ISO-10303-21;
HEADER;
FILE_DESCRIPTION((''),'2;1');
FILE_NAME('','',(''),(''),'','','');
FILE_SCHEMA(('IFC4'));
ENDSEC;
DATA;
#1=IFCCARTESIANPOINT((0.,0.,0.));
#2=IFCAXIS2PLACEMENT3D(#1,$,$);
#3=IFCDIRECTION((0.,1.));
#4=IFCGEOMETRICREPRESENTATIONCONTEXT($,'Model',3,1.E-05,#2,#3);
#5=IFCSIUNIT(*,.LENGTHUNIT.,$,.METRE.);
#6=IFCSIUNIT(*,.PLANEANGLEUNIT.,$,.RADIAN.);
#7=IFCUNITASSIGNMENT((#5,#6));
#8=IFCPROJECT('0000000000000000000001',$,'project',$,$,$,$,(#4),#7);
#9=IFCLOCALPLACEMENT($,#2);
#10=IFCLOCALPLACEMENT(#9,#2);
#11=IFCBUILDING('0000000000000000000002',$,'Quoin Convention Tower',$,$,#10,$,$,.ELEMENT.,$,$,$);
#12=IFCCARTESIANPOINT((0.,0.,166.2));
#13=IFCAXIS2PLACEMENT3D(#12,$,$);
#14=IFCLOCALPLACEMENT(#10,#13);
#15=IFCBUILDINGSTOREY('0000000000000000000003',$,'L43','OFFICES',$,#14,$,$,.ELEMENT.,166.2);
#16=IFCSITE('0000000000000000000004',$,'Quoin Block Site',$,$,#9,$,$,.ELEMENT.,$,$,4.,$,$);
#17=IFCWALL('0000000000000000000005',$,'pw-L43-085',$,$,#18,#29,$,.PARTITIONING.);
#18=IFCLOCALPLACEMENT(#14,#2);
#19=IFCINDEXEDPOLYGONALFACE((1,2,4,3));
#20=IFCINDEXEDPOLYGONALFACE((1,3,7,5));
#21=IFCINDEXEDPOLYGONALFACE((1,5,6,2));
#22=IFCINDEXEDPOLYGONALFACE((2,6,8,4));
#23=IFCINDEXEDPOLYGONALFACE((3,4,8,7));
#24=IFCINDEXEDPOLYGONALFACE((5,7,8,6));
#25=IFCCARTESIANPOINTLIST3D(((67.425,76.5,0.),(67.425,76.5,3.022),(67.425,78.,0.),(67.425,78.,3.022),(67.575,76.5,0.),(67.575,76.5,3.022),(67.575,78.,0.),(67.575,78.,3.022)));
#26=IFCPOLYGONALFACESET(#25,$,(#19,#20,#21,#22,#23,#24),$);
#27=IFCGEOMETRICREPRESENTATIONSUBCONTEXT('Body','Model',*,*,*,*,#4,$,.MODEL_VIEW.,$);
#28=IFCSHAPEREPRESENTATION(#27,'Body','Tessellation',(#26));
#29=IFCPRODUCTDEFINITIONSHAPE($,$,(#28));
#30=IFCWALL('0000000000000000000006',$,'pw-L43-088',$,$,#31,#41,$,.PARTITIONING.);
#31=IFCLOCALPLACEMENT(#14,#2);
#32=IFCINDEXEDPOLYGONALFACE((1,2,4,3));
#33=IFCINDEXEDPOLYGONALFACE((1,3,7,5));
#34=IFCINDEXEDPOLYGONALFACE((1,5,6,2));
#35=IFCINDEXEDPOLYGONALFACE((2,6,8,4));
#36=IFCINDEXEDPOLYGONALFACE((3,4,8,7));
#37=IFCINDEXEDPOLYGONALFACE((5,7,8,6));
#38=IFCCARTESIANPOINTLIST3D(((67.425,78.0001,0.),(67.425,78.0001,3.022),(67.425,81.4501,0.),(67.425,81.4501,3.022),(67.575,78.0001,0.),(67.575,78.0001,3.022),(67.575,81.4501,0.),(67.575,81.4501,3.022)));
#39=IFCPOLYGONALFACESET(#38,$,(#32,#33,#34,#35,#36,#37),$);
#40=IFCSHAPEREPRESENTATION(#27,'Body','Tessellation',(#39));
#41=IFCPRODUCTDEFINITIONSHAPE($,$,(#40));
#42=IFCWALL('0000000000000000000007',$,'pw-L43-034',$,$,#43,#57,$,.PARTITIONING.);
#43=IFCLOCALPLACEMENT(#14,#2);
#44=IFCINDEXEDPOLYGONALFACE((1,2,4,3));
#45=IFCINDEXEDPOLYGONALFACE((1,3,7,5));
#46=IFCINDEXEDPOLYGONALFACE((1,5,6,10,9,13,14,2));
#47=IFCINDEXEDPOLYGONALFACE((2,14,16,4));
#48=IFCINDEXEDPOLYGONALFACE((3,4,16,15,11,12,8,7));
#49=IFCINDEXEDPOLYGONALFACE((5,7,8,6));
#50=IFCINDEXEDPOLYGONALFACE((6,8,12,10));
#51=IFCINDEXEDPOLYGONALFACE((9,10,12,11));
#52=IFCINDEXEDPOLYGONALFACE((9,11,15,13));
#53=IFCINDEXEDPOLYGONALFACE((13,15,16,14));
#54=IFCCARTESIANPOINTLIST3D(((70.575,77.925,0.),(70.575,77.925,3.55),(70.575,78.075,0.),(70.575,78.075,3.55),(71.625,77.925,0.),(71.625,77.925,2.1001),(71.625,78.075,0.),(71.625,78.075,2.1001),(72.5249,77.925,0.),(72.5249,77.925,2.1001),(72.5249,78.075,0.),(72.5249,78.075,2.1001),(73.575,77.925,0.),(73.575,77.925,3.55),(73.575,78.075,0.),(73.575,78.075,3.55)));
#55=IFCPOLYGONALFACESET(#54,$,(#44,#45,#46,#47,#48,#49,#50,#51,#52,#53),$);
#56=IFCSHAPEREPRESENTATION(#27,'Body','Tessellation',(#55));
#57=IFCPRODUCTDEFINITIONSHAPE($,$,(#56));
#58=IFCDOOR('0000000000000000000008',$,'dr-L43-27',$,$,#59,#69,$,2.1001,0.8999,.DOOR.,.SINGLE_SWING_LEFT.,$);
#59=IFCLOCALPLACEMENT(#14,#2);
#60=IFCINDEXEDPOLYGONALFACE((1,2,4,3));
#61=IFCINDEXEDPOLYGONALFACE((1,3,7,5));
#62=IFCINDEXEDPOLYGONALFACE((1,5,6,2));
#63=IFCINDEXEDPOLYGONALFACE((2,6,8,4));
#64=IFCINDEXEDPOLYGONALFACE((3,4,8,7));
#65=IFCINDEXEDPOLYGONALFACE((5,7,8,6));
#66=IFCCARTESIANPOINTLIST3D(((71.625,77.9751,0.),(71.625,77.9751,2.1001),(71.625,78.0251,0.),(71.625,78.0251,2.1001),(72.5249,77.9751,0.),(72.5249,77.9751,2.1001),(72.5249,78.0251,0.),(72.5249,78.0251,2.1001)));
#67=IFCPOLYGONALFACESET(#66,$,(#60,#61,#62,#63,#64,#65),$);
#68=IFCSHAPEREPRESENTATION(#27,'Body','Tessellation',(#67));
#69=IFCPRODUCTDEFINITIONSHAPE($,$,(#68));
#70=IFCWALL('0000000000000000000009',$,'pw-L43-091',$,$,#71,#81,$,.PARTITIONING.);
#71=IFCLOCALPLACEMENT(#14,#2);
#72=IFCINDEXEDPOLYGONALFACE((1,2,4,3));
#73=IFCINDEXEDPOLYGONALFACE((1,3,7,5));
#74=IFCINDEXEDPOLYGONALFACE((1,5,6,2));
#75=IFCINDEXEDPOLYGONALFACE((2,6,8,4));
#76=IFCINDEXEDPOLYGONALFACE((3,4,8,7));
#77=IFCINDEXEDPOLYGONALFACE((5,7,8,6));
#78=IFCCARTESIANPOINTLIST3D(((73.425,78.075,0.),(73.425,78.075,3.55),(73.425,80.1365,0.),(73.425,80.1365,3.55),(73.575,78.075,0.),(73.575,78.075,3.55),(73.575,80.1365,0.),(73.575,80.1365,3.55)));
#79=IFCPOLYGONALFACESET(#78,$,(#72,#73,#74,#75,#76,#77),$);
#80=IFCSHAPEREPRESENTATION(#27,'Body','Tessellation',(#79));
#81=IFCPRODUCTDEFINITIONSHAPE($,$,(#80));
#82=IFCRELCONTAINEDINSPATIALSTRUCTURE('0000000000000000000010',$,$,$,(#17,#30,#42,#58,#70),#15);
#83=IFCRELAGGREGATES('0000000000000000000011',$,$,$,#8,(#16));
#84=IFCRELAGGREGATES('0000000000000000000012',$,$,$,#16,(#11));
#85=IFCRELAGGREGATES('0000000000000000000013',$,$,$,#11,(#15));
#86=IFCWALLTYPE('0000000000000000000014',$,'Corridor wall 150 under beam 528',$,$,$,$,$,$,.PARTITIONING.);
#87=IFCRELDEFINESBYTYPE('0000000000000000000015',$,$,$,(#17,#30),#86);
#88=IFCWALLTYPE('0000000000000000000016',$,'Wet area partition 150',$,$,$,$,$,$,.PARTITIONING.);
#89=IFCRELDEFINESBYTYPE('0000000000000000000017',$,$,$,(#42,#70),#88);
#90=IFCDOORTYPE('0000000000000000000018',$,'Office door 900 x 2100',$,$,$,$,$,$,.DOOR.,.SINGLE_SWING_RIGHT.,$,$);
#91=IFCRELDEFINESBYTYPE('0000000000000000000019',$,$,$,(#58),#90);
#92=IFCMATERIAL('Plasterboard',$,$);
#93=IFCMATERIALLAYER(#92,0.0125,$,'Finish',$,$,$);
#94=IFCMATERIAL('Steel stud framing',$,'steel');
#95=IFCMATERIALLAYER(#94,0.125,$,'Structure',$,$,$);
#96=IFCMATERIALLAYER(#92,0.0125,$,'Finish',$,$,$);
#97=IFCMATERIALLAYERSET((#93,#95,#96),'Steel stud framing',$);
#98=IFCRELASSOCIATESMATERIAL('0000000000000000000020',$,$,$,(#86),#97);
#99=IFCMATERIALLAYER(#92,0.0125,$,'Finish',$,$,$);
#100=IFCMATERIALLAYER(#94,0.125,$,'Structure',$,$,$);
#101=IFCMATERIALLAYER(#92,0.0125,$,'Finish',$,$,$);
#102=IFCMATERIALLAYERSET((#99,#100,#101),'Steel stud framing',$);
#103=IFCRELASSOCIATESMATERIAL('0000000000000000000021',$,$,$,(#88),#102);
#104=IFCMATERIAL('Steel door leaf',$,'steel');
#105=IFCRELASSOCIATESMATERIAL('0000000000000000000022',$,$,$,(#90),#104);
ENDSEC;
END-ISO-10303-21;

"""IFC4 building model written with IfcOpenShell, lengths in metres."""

from ifc_helpers import new_model, si_unit, direction, frame, frame_2d, origin, place, context, subcontext, project, spatial, rectangle, extrude, material, layer, layer_set, type_object, element, fill, save


model = new_model("IFC4")

# Units and contexts
model_context = context("Model", 3, precision=1e-05, world=origin(), true_north=direction((0.0, 1.0)))
body_context = subcontext(model_context, "Body", "Model", "MODEL_VIEW")
ifc_project = project(units=[si_unit("LENGTHUNIT", "METRE"), si_unit("PLANEANGLEUNIT", "RADIAN")], contexts=[model_context])

# Site, building, storey
site_placement = place(None, origin())
site = spatial("IfcSite", under=ifc_project, at=site_placement, Name="Quoin Block Site", CompositionType="ELEMENT", RefElevation=4.0)
building_placement = place(site_placement, origin())
building = spatial("IfcBuilding", under=site, at=building_placement, Name="Quoin Convention Tower", CompositionType="ELEMENT")
storey_placement = place(building_placement, frame((0.0, 0.0, 166.2)))
storey = spatial("IfcBuildingStorey", under=building, at=storey_placement, Name="L43", Description="OFFICES", CompositionType="ELEMENT", Elevation=166.2)

# Shared definitions
ifc_material_1 = material(Name="Plasterboard")
ifc_material_2 = material(Name="Steel stud framing", Category="steel")

# Shared definitions
ifc_layer_1 = layer(ifc_material_1, 0.0125, Name="Finish")
ifc_layer_2 = layer(ifc_material_2, 0.125, Name="Structure")
ifc_layer_3 = layer(ifc_material_1, 0.0125, Name="Finish")
ifc_layer_set_1 = layer_set([ifc_layer_1, ifc_layer_2, ifc_layer_3], Name="Steel stud framing")
wall_type_1 = type_object("IfcWallType", Name="Corridor wall 150 under beam 528", PredefinedType="PARTITIONING", material=ifc_layer_set_1)
ifc_material_3 = material(Name="Steel door leaf", Category="steel")

# Walls
wall_1_placement = place(storey_placement, frame((67.5, 76.5, 0.0), z_axis=(0.0, 0.0, 1.0), x_axis=(0.0, 1.0, 0.0)))
element("IfcWall", 1, at=wall_1_placement, inside=storey, type_object=wall_type_1, Name="pw-L43-085", PredefinedType="PARTITIONING", context=body_context, shape_type="SweptSolid", body=[
    extrude(rectangle(XDim=1.5, YDim=0.1499, at=frame_2d((0.75, 0.0))), origin(), (0.0, 0.0, 1.0), 3.022),
])
wall_2_placement = place(storey_placement, frame((67.5, 78.0, 0.0), z_axis=(0.0, 0.0, 1.0), x_axis=(0.0, 1.0, 0.0)))
element("IfcWall", 2, at=wall_2_placement, inside=storey, type_object=wall_type_1, Name="pw-L43-088", PredefinedType="PARTITIONING", context=body_context, shape_type="SweptSolid", body=[
    extrude(rectangle(XDim=3.45, YDim=0.1499, at=frame_2d((1.7251, 0.0))), origin(), (0.0, 0.0, 1.0), 3.022),
])

# Wall, opening, door
ifc_layer_4 = layer(ifc_material_1, 0.0125, Name="Finish")
ifc_layer_5 = layer(ifc_material_2, 0.125, Name="Structure")
ifc_layer_6 = layer(ifc_material_1, 0.0125, Name="Finish")
ifc_layer_set_2 = layer_set([ifc_layer_4, ifc_layer_5, ifc_layer_6], Name="Steel stud framing")
wall_type_2 = type_object("IfcWallType", Name="Wet area partition 150", PredefinedType="PARTITIONING", material=ifc_layer_set_2)
wall_3_placement = place(storey_placement, frame((70.575, 78.0, 0.0), z_axis=(0.0, 0.0, 1.0), x_axis=(1.0, 0.0, 0.0)))
wall_3 = element("IfcWall", 3, at=wall_3_placement, inside=storey, type_object=wall_type_2, Name="pw-L43-034", PredefinedType="PARTITIONING", context=body_context, shape_type="SweptSolid", body=[
    extrude(rectangle(XDim=3.0, YDim=0.1499, at=frame_2d((1.5, 0.0))), origin(), (0.0, 0.0, 1.0), 3.55),
])
opening_1_placement = place(wall_3_placement, frame((1.05, 0.0, 0.0)))
opening_1 = element("IfcOpeningElement", 4, at=opening_1_placement, cuts=wall_3, PredefinedType="OPENING", context=body_context, shape_type="SweptSolid", body=[
    extrude(rectangle(XDim=0.8999, YDim=2.1001, at=frame_2d((0.45, 1.05))), frame((0.0, 0.085, 0.0), z_axis=(0.0, -1.0, 0.0), x_axis=(1.0, 0.0, 0.0)), (0.0, 0.0, 1.0), 0.1699),
])
door_type_1 = type_object("IfcDoorType", Name="Office door 900 x 2100", OperationType="SINGLE_SWING_RIGHT", PredefinedType="DOOR", material=ifc_material_3)
door_1_placement = place(opening_1_placement, frame((0.8999, 0.0, 0.0), z_axis=(0.0, 0.0, 1.0), x_axis=(-1.0, 0.0, 0.0)))
door_1 = element("IfcDoor", 5, at=door_1_placement, inside=storey, type_object=door_type_1, Name="dr-L43-27", OperationType="SINGLE_SWING_LEFT", OverallHeight=2.1001, OverallWidth=0.8999, PredefinedType="DOOR", context=body_context, shape_type="SweptSolid", body=[
    extrude(rectangle(XDim=0.8999, YDim=2.1001, at=frame_2d((0.45, 1.05))), frame((0.0, 0.0249, 0.0), z_axis=(0.0, -1.0, 0.0), x_axis=(1.0, 0.0, 0.0)), (0.0, 0.0, 1.0), 0.05),
])
fill(opening_1, door_1)

# Wall
wall_4_placement = place(storey_placement, frame((73.5, 78.075, 0.0), z_axis=(0.0, 0.0, 1.0), x_axis=(0.0, 1.0, 0.0)))
element("IfcWall", 6, at=wall_4_placement, inside=storey, type_object=wall_type_2, Name="pw-L43-091", PredefinedType="PARTITIONING", context=body_context, shape_type="SweptSolid", body=[
    extrude(rectangle(XDim=2.0615, YDim=0.1499, at=frame_2d((1.0308, 0.0))), origin(), (0.0, 0.0, 1.0), 3.55),
])

save(model, "model.ifc")
